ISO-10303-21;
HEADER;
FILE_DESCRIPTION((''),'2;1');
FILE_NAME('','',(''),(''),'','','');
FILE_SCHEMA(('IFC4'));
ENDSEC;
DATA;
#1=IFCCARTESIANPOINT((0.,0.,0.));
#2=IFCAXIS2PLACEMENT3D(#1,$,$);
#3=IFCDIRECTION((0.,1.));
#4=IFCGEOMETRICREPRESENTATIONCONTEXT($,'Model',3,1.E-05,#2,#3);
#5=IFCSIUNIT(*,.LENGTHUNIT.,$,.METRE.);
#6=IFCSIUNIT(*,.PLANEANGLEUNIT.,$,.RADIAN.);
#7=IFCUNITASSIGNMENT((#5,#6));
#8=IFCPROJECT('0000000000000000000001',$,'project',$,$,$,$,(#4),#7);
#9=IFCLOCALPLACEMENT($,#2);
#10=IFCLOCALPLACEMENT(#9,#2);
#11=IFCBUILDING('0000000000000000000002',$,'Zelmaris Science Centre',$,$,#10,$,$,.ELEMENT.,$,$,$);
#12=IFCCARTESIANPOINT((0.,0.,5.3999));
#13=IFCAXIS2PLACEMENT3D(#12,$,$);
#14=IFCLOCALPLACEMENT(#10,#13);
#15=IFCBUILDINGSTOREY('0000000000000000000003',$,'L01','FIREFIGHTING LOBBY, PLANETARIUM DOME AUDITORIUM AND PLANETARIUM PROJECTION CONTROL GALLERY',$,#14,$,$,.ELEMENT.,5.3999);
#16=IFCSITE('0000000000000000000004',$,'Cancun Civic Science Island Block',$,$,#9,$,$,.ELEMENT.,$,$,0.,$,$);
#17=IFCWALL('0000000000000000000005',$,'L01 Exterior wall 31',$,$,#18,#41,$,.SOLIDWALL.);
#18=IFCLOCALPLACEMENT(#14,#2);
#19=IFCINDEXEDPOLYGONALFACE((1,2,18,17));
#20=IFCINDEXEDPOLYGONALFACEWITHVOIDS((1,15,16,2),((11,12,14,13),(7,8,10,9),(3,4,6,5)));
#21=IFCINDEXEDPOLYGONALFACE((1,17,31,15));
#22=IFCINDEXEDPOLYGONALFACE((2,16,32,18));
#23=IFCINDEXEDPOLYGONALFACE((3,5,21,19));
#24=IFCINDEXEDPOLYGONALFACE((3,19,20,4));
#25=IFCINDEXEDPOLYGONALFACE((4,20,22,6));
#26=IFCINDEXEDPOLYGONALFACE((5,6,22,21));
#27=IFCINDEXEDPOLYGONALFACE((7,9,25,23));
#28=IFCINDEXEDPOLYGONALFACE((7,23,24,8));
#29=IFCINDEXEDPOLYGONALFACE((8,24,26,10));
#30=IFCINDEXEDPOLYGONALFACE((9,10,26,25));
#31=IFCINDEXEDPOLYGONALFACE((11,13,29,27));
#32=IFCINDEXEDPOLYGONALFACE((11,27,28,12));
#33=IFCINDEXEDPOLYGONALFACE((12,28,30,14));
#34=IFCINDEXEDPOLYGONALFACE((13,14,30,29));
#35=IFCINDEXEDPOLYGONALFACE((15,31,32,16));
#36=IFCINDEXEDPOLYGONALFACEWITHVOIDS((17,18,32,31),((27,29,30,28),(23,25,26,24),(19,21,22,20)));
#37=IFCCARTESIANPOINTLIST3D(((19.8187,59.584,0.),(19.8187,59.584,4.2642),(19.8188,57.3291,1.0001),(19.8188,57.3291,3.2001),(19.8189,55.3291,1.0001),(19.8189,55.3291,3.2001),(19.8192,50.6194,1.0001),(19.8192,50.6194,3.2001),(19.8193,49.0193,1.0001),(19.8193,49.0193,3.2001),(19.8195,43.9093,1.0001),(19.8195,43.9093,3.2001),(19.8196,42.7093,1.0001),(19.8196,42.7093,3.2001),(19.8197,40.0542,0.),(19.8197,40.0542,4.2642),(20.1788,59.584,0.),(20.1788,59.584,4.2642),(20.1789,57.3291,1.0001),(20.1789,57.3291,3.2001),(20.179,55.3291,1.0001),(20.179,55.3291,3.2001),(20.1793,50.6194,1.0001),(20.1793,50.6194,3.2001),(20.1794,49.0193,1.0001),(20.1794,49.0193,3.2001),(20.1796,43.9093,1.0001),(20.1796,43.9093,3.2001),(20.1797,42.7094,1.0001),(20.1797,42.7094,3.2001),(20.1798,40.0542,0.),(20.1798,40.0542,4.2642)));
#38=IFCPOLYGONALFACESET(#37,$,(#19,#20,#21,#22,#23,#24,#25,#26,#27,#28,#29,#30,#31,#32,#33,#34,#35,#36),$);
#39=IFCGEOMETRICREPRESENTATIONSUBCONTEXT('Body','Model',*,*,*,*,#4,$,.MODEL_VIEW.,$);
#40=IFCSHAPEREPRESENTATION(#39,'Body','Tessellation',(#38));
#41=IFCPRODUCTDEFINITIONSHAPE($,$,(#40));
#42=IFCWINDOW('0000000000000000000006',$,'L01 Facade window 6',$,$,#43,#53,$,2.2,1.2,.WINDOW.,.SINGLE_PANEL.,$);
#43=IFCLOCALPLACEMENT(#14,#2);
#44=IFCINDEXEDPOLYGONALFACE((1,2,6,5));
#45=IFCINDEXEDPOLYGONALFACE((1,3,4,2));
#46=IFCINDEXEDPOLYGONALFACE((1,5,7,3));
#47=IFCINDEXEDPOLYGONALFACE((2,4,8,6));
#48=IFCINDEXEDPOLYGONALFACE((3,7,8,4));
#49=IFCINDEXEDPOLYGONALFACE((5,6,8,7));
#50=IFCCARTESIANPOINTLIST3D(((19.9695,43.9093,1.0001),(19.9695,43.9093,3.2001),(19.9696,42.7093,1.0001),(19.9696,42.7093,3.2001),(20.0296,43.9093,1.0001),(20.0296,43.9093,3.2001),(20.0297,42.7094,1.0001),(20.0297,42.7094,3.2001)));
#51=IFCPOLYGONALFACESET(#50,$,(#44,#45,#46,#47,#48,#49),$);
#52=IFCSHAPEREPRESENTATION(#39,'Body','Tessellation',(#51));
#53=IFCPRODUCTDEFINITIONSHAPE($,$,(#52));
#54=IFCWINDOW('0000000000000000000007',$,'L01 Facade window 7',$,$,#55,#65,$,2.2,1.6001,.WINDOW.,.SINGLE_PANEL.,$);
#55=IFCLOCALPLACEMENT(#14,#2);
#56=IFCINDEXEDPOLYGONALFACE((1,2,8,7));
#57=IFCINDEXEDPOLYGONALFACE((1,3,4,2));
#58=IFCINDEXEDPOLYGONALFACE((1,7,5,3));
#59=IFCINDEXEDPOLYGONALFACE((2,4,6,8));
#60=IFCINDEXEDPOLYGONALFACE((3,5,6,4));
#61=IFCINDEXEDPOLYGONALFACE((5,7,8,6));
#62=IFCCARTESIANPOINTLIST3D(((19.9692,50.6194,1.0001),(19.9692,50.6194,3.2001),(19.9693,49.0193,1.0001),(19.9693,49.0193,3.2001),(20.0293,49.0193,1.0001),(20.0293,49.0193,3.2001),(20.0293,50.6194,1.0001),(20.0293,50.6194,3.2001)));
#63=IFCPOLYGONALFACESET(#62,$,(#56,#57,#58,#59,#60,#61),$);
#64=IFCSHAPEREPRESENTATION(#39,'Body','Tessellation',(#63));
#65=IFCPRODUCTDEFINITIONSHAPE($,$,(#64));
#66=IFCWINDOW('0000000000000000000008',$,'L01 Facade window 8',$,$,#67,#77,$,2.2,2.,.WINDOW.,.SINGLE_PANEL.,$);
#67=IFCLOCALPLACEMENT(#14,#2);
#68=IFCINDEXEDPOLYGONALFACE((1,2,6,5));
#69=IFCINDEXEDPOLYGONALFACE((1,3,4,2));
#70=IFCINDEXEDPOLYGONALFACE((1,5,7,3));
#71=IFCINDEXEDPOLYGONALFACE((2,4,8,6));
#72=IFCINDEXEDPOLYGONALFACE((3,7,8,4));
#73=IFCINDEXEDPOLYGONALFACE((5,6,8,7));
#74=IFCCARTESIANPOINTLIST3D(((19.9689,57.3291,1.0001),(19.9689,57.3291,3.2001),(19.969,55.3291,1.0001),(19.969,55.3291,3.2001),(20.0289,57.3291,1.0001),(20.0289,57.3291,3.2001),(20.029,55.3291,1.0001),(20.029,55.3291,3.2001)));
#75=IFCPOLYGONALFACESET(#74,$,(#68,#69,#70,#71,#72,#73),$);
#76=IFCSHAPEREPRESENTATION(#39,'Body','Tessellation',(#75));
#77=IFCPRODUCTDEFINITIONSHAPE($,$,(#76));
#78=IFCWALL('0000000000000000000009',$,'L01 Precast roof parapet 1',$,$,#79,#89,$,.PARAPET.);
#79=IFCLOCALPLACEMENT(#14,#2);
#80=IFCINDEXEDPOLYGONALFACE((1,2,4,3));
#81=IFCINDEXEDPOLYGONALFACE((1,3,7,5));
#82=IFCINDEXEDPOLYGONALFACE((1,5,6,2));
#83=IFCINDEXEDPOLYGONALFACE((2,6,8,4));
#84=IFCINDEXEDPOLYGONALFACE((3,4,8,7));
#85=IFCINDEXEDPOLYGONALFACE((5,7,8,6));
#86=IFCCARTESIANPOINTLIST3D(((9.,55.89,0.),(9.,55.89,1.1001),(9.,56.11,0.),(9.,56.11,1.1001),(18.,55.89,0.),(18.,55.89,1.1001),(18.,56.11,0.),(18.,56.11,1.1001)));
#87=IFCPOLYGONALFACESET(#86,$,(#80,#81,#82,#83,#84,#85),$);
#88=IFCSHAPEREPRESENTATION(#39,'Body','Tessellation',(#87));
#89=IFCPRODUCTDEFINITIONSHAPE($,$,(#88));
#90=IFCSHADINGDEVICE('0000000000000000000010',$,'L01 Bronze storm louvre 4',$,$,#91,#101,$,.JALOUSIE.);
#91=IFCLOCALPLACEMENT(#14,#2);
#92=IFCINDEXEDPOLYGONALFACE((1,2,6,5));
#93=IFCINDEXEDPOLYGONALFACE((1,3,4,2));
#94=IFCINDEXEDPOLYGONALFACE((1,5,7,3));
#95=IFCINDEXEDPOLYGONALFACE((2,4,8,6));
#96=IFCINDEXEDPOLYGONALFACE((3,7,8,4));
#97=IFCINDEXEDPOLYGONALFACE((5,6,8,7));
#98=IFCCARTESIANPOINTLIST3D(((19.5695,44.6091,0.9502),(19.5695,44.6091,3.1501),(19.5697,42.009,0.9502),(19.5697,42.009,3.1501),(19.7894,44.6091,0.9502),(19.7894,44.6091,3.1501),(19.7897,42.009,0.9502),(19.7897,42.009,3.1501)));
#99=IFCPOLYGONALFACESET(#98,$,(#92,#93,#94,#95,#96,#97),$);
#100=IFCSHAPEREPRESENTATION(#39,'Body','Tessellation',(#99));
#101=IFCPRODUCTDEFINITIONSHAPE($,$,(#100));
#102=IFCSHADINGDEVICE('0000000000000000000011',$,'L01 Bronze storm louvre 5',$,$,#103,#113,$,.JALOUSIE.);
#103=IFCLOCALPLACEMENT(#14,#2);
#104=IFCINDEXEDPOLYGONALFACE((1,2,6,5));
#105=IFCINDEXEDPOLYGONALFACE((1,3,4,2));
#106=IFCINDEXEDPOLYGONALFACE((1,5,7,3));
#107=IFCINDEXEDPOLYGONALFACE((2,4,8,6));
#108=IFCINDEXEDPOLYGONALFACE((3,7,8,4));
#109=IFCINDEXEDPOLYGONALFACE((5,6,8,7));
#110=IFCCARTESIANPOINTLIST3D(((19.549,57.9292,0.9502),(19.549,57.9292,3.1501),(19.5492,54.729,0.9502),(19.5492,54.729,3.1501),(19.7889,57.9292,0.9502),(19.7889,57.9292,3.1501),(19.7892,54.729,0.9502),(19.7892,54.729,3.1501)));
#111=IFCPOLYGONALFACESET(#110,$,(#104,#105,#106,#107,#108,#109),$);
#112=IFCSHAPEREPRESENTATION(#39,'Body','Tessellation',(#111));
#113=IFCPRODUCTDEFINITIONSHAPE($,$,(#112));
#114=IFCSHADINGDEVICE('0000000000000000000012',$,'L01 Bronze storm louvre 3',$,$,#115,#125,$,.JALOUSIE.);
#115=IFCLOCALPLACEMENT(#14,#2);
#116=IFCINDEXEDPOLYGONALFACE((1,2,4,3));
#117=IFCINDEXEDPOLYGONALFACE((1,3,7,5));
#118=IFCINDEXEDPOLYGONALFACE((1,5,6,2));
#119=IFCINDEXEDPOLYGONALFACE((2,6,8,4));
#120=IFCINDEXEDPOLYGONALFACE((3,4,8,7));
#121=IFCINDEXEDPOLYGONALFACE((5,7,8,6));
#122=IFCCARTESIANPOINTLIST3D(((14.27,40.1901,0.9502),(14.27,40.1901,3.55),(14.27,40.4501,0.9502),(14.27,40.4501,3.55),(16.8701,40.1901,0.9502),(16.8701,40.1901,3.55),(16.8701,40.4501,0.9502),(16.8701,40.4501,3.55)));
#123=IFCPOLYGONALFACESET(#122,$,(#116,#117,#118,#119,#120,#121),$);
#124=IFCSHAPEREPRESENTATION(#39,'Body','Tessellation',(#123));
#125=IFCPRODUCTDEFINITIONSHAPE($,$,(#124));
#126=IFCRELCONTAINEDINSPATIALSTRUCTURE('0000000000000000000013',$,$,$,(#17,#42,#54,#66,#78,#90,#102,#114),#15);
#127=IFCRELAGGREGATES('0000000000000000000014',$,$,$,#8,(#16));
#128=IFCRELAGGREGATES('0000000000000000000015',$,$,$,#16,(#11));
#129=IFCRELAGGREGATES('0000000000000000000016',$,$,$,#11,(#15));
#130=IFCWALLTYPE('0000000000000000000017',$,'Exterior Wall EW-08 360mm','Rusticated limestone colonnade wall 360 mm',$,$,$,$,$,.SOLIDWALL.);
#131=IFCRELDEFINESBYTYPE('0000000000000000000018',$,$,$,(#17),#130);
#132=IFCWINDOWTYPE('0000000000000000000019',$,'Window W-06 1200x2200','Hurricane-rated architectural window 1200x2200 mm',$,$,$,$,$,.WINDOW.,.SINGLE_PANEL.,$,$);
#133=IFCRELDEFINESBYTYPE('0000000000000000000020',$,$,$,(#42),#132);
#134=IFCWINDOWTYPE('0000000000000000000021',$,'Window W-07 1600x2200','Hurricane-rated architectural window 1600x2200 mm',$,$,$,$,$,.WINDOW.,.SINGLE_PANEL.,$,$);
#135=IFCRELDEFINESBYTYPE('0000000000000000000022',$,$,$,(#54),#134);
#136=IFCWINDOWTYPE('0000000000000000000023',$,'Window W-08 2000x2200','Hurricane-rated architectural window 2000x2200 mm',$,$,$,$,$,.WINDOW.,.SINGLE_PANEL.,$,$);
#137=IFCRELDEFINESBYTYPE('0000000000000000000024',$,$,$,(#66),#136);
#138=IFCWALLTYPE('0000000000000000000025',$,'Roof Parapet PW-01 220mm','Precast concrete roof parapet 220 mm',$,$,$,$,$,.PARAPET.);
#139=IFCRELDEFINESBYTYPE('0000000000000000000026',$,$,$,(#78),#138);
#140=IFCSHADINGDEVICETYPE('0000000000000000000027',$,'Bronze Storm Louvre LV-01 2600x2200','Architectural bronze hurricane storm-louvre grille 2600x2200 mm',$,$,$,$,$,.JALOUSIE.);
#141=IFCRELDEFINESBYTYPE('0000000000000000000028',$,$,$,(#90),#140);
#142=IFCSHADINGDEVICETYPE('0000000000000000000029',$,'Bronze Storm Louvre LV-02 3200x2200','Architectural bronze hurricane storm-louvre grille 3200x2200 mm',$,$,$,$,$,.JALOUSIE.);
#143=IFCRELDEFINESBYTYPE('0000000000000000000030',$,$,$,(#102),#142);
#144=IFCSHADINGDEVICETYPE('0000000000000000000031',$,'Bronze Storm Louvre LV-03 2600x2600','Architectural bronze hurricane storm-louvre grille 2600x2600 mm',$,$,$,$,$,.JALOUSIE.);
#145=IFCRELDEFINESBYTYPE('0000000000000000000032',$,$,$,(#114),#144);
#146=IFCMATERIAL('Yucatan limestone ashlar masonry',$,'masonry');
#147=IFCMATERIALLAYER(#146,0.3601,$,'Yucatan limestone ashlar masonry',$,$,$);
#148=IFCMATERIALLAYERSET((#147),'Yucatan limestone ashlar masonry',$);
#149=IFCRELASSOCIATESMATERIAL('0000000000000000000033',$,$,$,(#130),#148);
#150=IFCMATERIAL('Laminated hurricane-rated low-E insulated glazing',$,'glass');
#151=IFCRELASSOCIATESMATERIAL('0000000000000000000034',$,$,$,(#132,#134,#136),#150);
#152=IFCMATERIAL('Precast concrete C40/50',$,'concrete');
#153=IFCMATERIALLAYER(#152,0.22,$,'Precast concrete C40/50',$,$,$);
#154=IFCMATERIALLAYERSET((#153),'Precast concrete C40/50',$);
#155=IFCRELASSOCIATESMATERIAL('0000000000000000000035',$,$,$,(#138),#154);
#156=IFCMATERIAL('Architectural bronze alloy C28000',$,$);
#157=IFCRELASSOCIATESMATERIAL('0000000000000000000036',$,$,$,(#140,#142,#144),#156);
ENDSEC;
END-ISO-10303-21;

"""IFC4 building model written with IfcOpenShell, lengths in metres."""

from ifc_helpers import new_model, si_unit, direction, frame, frame_2d, origin, place, context, subcontext, project, spatial, rectangle, extrude, material, layer, layer_set, type_object, element, fill, save


model = new_model("IFC4")

# Units and contexts
model_context = context("Model", 3, precision=1e-05, world=origin(), true_north=direction((0.0, 1.0)))
body_context = subcontext(model_context, "Body", "Model", "MODEL_VIEW")
ifc_project = project(units=[si_unit("LENGTHUNIT", "METRE"), si_unit("PLANEANGLEUNIT", "RADIAN")], contexts=[model_context])

# Site, building, storey
site_placement = place(None, origin())
site = spatial("IfcSite", under=ifc_project, at=site_placement, Name="Cancun Civic Science Island Block", CompositionType="ELEMENT", RefElevation=0.0)
building_placement = place(site_placement, origin())
building = spatial("IfcBuilding", under=site, at=building_placement, Name="Zelmaris Science Centre", CompositionType="ELEMENT")
storey_placement = place(building_placement, frame((0.0, 0.0, 5.3999)))
storey = spatial("IfcBuildingStorey", under=building, at=storey_placement, Name="L01", Description="FIREFIGHTING LOBBY, PLANETARIUM DOME AUDITORIUM AND PLANETARIUM PROJECTION CONTROL GALLERY", CompositionType="ELEMENT", Elevation=5.3999)

# Shared definitions
ifc_material_1 = material(Name="Yucatan limestone ashlar masonry", Category="masonry")

# Wall, openings, windows
ifc_layer_1 = layer(ifc_material_1, 0.3601, Name="Yucatan limestone ashlar masonry")
ifc_layer_set_1 = layer_set([ifc_layer_1], Name="Yucatan limestone ashlar masonry")
wall_type_1 = type_object("IfcWallType", Name="Exterior Wall EW-08 360mm", Description="Rusticated limestone colonnade wall 360 mm", PredefinedType="SOLIDWALL", material=ifc_layer_set_1)
wall_1_placement = place(storey_placement, frame((19.9998, 40.0542, 0.0), z_axis=(0.0, 0.0, 1.0), x_axis=(-0.00005, 1.0, 0.0)))
wall_1 = element("IfcWall", 1, at=wall_1_placement, inside=storey, type_object=wall_type_1, Name="L01 Exterior wall 31", PredefinedType="SOLIDWALL", context=body_context, shape_type="SweptSolid", body=[
    extrude(rectangle(XDim=19.5298, YDim=0.3601, at=frame_2d((9.7649, 0.0))), origin(), (0.0, 0.0, 1.0), 4.2642),
])
opening_1_placement = place(wall_1_placement, frame((2.655, 0.0, 1.0)))
opening_1 = element("IfcOpeningElement", 2, at=opening_1_placement, cuts=wall_1, PredefinedType="OPENING", context=body_context, shape_type="SweptSolid", body=[
    extrude(rectangle(XDim=1.2, YDim=2.2, at=frame_2d((0.6001, 1.1001))), frame((0.0, 0.1899, 0.0), z_axis=(0.0, -1.0, 0.0), x_axis=(1.0, 0.0, 0.0)), (0.0, 0.0, 1.0), 0.3801),
])
opening_2_placement = place(wall_1_placement, frame((8.9651, 0.0, 1.0)))
opening_2 = element("IfcOpeningElement", 3, at=opening_2_placement, cuts=wall_1, PredefinedType="OPENING", context=body_context, shape_type="SweptSolid", body=[
    extrude(rectangle(XDim=1.6001, YDim=2.2, at=frame_2d((0.8, 1.1001))), frame((0.0, 0.1899, 0.0), z_axis=(0.0, -1.0, 0.0), x_axis=(1.0, 0.0, 0.0)), (0.0, 0.0, 1.0), 0.3801),
])
opening_3_placement = place(wall_1_placement, frame((15.2749, 0.0, 1.0)))
opening_3 = element("IfcOpeningElement", 4, at=opening_3_placement, cuts=wall_1, PredefinedType="OPENING", context=body_context, shape_type="SweptSolid", body=[
    extrude(rectangle(XDim=2.0, YDim=2.2, at=frame_2d((1.0, 1.1001))), frame((0.0, 0.1899, 0.0), z_axis=(0.0, -1.0, 0.0), x_axis=(1.0, 0.0, 0.0)), (0.0, 0.0, 1.0), 0.3801),
])
ifc_material_2 = material(Name="Laminated hurricane-rated low-E insulated glazing", Category="glass")
window_type_1 = type_object("IfcWindowType", Name="Window W-06 1200x2200", Description="Hurricane-rated architectural window 1200x2200 mm", PartitioningType="SINGLE_PANEL", PredefinedType="WINDOW", material=ifc_material_2)
window_1_placement = place(opening_1_placement, origin())
window_1 = element("IfcWindow", 5, at=window_1_placement, inside=storey, type_object=window_type_1, Name="L01 Facade window 6", OverallHeight=2.2, OverallWidth=1.2, PartitioningType="SINGLE_PANEL", PredefinedType="WINDOW", context=body_context, shape_type="SweptSolid", body=[
    extrude(rectangle(XDim=1.2, YDim=2.2, at=frame_2d((0.6001, 1.1001))), frame((0.0, 0.03, 0.0), z_axis=(0.0, -1.0, 0.0), x_axis=(1.0, 0.0, 0.0)), (0.0, 0.0, 1.0), 0.0601),
])
fill(opening_1, window_1)
window_type_2 = type_object("IfcWindowType", Name="Window W-07 1600x2200", Description="Hurricane-rated architectural window 1600x2200 mm", PartitioningType="SINGLE_PANEL", PredefinedType="WINDOW", material=ifc_material_2)
window_2_placement = place(opening_2_placement, origin())
window_2 = element("IfcWindow", 6, at=window_2_placement, inside=storey, type_object=window_type_2, Name="L01 Facade window 7", OverallHeight=2.2, OverallWidth=1.6001, PartitioningType="SINGLE_PANEL", PredefinedType="WINDOW", context=body_context, shape_type="SweptSolid", body=[
    extrude(rectangle(XDim=1.6001, YDim=2.2, at=frame_2d((0.8, 1.1001))), frame((0.0, 0.03, 0.0), z_axis=(0.0, -1.0, 0.0), x_axis=(1.0, 0.0, 0.0)), (0.0, 0.0, 1.0), 0.0601),
])
fill(opening_2, window_2)
window_type_3 = type_object("IfcWindowType", Name="Window W-08 2000x2200", Description="Hurricane-rated architectural window 2000x2200 mm", PartitioningType="SINGLE_PANEL", PredefinedType="WINDOW", material=ifc_material_2)
window_3_placement = place(opening_3_placement, origin())
window_3 = element("IfcWindow", 7, at=window_3_placement, inside=storey, type_object=window_type_3, Name="L01 Facade window 8", OverallHeight=2.2, OverallWidth=2.0, PartitioningType="SINGLE_PANEL", PredefinedType="WINDOW", context=body_context, shape_type="SweptSolid", body=[
    extrude(rectangle(XDim=2.0, YDim=2.2, at=frame_2d((1.0, 1.1001))), frame((0.0, 0.03, 0.0), z_axis=(0.0, -1.0, 0.0), x_axis=(1.0, 0.0, 0.0)), (0.0, 0.0, 1.0), 0.0601),
])
fill(opening_3, window_3)

# Wall
ifc_material_3 = material(Name="Precast concrete C40/50", Category="concrete")
ifc_layer_2 = layer(ifc_material_3, 0.22, Name="Precast concrete C40/50")
ifc_layer_set_2 = layer_set([ifc_layer_2], Name="Precast concrete C40/50")
wall_type_2 = type_object("IfcWallType", Name="Roof Parapet PW-01 220mm", Description="Precast concrete roof parapet 220 mm", PredefinedType="PARAPET", material=ifc_layer_set_2)
wall_2_placement = place(storey_placement, frame((9.0, 56.0, 0.0), z_axis=(0.0, 0.0, 1.0), x_axis=(1.0, 0.0, 0.0)))
element("IfcWall", 8, at=wall_2_placement, inside=storey, type_object=wall_type_2, Name="L01 Precast roof parapet 1", PredefinedType="PARAPET", context=body_context, shape_type="SweptSolid", body=[
    extrude(rectangle(XDim=9.0, YDim=0.22, at=frame_2d((4.5, 0.0))), origin(), (0.0, 0.0, 1.0), 1.1001),
])

# Shading devices
ifc_material_4 = material(Name="Architectural bronze alloy C28000")
shading_device_type_1 = type_object("IfcShadingDeviceType", Name="Bronze Storm Louvre LV-01 2600x2200", Description="Architectural bronze hurricane storm-louvre grille 2600x2200 mm", PredefinedType="JALOUSIE", material=ifc_material_4)
shading_device_1_placement = place(storey_placement, frame((19.6797, 42.009, 0.9502), z_axis=(0.0, 0.0, 1.0), x_axis=(-0.000094, 1.0, 0.0)))
element("IfcShadingDevice", 9, at=shading_device_1_placement, inside=storey, type_object=shading_device_type_1, Name="L01 Bronze storm louvre 4", PredefinedType="JALOUSIE", context=body_context, shape_type="SweptSolid", body=[
    extrude(rectangle(XDim=2.6001, YDim=0.22, at=frame_2d((1.3, 0.0))), origin(), (0.0, 0.0, 1.0), 2.2),
])
shading_device_type_2 = type_object("IfcShadingDeviceType", Name="Bronze Storm Louvre LV-02 3200x2200", Description="Architectural bronze hurricane storm-louvre grille 3200x2200 mm", PredefinedType="JALOUSIE", material=ifc_material_4)
shading_device_2_placement = place(storey_placement, frame((19.6692, 54.729, 0.9502), z_axis=(0.0, 0.0, 1.0), x_axis=(-0.000076, 1.0, 0.0)))
element("IfcShadingDevice", 10, at=shading_device_2_placement, inside=storey, type_object=shading_device_type_2, Name="L01 Bronze storm louvre 5", PredefinedType="JALOUSIE", context=body_context, shape_type="SweptSolid", body=[
    extrude(rectangle(XDim=3.2002, YDim=0.24, at=frame_2d((1.6001, 0.0))), origin(), (0.0, 0.0, 1.0), 2.2),
])
shading_device_type_3 = type_object("IfcShadingDeviceType", Name="Bronze Storm Louvre LV-03 2600x2600", Description="Architectural bronze hurricane storm-louvre grille 2600x2600 mm", PredefinedType="JALOUSIE", material=ifc_material_4)
shading_device_3_placement = place(storey_placement, frame((14.27, 40.3201, 0.9502), z_axis=(0.0, 0.0, 1.0), x_axis=(1.0, 0.0, 0.0)))
element("IfcShadingDevice", 11, at=shading_device_3_placement, inside=storey, type_object=shading_device_type_3, Name="L01 Bronze storm louvre 3", PredefinedType="JALOUSIE", context=body_context, shape_type="SweptSolid", body=[
    extrude(rectangle(XDim=2.6001, YDim=0.26, at=frame_2d((1.3, 0.0))), origin(), (0.0, 0.0, 1.0), 2.5999),
])

save(model, "model.ifc")
